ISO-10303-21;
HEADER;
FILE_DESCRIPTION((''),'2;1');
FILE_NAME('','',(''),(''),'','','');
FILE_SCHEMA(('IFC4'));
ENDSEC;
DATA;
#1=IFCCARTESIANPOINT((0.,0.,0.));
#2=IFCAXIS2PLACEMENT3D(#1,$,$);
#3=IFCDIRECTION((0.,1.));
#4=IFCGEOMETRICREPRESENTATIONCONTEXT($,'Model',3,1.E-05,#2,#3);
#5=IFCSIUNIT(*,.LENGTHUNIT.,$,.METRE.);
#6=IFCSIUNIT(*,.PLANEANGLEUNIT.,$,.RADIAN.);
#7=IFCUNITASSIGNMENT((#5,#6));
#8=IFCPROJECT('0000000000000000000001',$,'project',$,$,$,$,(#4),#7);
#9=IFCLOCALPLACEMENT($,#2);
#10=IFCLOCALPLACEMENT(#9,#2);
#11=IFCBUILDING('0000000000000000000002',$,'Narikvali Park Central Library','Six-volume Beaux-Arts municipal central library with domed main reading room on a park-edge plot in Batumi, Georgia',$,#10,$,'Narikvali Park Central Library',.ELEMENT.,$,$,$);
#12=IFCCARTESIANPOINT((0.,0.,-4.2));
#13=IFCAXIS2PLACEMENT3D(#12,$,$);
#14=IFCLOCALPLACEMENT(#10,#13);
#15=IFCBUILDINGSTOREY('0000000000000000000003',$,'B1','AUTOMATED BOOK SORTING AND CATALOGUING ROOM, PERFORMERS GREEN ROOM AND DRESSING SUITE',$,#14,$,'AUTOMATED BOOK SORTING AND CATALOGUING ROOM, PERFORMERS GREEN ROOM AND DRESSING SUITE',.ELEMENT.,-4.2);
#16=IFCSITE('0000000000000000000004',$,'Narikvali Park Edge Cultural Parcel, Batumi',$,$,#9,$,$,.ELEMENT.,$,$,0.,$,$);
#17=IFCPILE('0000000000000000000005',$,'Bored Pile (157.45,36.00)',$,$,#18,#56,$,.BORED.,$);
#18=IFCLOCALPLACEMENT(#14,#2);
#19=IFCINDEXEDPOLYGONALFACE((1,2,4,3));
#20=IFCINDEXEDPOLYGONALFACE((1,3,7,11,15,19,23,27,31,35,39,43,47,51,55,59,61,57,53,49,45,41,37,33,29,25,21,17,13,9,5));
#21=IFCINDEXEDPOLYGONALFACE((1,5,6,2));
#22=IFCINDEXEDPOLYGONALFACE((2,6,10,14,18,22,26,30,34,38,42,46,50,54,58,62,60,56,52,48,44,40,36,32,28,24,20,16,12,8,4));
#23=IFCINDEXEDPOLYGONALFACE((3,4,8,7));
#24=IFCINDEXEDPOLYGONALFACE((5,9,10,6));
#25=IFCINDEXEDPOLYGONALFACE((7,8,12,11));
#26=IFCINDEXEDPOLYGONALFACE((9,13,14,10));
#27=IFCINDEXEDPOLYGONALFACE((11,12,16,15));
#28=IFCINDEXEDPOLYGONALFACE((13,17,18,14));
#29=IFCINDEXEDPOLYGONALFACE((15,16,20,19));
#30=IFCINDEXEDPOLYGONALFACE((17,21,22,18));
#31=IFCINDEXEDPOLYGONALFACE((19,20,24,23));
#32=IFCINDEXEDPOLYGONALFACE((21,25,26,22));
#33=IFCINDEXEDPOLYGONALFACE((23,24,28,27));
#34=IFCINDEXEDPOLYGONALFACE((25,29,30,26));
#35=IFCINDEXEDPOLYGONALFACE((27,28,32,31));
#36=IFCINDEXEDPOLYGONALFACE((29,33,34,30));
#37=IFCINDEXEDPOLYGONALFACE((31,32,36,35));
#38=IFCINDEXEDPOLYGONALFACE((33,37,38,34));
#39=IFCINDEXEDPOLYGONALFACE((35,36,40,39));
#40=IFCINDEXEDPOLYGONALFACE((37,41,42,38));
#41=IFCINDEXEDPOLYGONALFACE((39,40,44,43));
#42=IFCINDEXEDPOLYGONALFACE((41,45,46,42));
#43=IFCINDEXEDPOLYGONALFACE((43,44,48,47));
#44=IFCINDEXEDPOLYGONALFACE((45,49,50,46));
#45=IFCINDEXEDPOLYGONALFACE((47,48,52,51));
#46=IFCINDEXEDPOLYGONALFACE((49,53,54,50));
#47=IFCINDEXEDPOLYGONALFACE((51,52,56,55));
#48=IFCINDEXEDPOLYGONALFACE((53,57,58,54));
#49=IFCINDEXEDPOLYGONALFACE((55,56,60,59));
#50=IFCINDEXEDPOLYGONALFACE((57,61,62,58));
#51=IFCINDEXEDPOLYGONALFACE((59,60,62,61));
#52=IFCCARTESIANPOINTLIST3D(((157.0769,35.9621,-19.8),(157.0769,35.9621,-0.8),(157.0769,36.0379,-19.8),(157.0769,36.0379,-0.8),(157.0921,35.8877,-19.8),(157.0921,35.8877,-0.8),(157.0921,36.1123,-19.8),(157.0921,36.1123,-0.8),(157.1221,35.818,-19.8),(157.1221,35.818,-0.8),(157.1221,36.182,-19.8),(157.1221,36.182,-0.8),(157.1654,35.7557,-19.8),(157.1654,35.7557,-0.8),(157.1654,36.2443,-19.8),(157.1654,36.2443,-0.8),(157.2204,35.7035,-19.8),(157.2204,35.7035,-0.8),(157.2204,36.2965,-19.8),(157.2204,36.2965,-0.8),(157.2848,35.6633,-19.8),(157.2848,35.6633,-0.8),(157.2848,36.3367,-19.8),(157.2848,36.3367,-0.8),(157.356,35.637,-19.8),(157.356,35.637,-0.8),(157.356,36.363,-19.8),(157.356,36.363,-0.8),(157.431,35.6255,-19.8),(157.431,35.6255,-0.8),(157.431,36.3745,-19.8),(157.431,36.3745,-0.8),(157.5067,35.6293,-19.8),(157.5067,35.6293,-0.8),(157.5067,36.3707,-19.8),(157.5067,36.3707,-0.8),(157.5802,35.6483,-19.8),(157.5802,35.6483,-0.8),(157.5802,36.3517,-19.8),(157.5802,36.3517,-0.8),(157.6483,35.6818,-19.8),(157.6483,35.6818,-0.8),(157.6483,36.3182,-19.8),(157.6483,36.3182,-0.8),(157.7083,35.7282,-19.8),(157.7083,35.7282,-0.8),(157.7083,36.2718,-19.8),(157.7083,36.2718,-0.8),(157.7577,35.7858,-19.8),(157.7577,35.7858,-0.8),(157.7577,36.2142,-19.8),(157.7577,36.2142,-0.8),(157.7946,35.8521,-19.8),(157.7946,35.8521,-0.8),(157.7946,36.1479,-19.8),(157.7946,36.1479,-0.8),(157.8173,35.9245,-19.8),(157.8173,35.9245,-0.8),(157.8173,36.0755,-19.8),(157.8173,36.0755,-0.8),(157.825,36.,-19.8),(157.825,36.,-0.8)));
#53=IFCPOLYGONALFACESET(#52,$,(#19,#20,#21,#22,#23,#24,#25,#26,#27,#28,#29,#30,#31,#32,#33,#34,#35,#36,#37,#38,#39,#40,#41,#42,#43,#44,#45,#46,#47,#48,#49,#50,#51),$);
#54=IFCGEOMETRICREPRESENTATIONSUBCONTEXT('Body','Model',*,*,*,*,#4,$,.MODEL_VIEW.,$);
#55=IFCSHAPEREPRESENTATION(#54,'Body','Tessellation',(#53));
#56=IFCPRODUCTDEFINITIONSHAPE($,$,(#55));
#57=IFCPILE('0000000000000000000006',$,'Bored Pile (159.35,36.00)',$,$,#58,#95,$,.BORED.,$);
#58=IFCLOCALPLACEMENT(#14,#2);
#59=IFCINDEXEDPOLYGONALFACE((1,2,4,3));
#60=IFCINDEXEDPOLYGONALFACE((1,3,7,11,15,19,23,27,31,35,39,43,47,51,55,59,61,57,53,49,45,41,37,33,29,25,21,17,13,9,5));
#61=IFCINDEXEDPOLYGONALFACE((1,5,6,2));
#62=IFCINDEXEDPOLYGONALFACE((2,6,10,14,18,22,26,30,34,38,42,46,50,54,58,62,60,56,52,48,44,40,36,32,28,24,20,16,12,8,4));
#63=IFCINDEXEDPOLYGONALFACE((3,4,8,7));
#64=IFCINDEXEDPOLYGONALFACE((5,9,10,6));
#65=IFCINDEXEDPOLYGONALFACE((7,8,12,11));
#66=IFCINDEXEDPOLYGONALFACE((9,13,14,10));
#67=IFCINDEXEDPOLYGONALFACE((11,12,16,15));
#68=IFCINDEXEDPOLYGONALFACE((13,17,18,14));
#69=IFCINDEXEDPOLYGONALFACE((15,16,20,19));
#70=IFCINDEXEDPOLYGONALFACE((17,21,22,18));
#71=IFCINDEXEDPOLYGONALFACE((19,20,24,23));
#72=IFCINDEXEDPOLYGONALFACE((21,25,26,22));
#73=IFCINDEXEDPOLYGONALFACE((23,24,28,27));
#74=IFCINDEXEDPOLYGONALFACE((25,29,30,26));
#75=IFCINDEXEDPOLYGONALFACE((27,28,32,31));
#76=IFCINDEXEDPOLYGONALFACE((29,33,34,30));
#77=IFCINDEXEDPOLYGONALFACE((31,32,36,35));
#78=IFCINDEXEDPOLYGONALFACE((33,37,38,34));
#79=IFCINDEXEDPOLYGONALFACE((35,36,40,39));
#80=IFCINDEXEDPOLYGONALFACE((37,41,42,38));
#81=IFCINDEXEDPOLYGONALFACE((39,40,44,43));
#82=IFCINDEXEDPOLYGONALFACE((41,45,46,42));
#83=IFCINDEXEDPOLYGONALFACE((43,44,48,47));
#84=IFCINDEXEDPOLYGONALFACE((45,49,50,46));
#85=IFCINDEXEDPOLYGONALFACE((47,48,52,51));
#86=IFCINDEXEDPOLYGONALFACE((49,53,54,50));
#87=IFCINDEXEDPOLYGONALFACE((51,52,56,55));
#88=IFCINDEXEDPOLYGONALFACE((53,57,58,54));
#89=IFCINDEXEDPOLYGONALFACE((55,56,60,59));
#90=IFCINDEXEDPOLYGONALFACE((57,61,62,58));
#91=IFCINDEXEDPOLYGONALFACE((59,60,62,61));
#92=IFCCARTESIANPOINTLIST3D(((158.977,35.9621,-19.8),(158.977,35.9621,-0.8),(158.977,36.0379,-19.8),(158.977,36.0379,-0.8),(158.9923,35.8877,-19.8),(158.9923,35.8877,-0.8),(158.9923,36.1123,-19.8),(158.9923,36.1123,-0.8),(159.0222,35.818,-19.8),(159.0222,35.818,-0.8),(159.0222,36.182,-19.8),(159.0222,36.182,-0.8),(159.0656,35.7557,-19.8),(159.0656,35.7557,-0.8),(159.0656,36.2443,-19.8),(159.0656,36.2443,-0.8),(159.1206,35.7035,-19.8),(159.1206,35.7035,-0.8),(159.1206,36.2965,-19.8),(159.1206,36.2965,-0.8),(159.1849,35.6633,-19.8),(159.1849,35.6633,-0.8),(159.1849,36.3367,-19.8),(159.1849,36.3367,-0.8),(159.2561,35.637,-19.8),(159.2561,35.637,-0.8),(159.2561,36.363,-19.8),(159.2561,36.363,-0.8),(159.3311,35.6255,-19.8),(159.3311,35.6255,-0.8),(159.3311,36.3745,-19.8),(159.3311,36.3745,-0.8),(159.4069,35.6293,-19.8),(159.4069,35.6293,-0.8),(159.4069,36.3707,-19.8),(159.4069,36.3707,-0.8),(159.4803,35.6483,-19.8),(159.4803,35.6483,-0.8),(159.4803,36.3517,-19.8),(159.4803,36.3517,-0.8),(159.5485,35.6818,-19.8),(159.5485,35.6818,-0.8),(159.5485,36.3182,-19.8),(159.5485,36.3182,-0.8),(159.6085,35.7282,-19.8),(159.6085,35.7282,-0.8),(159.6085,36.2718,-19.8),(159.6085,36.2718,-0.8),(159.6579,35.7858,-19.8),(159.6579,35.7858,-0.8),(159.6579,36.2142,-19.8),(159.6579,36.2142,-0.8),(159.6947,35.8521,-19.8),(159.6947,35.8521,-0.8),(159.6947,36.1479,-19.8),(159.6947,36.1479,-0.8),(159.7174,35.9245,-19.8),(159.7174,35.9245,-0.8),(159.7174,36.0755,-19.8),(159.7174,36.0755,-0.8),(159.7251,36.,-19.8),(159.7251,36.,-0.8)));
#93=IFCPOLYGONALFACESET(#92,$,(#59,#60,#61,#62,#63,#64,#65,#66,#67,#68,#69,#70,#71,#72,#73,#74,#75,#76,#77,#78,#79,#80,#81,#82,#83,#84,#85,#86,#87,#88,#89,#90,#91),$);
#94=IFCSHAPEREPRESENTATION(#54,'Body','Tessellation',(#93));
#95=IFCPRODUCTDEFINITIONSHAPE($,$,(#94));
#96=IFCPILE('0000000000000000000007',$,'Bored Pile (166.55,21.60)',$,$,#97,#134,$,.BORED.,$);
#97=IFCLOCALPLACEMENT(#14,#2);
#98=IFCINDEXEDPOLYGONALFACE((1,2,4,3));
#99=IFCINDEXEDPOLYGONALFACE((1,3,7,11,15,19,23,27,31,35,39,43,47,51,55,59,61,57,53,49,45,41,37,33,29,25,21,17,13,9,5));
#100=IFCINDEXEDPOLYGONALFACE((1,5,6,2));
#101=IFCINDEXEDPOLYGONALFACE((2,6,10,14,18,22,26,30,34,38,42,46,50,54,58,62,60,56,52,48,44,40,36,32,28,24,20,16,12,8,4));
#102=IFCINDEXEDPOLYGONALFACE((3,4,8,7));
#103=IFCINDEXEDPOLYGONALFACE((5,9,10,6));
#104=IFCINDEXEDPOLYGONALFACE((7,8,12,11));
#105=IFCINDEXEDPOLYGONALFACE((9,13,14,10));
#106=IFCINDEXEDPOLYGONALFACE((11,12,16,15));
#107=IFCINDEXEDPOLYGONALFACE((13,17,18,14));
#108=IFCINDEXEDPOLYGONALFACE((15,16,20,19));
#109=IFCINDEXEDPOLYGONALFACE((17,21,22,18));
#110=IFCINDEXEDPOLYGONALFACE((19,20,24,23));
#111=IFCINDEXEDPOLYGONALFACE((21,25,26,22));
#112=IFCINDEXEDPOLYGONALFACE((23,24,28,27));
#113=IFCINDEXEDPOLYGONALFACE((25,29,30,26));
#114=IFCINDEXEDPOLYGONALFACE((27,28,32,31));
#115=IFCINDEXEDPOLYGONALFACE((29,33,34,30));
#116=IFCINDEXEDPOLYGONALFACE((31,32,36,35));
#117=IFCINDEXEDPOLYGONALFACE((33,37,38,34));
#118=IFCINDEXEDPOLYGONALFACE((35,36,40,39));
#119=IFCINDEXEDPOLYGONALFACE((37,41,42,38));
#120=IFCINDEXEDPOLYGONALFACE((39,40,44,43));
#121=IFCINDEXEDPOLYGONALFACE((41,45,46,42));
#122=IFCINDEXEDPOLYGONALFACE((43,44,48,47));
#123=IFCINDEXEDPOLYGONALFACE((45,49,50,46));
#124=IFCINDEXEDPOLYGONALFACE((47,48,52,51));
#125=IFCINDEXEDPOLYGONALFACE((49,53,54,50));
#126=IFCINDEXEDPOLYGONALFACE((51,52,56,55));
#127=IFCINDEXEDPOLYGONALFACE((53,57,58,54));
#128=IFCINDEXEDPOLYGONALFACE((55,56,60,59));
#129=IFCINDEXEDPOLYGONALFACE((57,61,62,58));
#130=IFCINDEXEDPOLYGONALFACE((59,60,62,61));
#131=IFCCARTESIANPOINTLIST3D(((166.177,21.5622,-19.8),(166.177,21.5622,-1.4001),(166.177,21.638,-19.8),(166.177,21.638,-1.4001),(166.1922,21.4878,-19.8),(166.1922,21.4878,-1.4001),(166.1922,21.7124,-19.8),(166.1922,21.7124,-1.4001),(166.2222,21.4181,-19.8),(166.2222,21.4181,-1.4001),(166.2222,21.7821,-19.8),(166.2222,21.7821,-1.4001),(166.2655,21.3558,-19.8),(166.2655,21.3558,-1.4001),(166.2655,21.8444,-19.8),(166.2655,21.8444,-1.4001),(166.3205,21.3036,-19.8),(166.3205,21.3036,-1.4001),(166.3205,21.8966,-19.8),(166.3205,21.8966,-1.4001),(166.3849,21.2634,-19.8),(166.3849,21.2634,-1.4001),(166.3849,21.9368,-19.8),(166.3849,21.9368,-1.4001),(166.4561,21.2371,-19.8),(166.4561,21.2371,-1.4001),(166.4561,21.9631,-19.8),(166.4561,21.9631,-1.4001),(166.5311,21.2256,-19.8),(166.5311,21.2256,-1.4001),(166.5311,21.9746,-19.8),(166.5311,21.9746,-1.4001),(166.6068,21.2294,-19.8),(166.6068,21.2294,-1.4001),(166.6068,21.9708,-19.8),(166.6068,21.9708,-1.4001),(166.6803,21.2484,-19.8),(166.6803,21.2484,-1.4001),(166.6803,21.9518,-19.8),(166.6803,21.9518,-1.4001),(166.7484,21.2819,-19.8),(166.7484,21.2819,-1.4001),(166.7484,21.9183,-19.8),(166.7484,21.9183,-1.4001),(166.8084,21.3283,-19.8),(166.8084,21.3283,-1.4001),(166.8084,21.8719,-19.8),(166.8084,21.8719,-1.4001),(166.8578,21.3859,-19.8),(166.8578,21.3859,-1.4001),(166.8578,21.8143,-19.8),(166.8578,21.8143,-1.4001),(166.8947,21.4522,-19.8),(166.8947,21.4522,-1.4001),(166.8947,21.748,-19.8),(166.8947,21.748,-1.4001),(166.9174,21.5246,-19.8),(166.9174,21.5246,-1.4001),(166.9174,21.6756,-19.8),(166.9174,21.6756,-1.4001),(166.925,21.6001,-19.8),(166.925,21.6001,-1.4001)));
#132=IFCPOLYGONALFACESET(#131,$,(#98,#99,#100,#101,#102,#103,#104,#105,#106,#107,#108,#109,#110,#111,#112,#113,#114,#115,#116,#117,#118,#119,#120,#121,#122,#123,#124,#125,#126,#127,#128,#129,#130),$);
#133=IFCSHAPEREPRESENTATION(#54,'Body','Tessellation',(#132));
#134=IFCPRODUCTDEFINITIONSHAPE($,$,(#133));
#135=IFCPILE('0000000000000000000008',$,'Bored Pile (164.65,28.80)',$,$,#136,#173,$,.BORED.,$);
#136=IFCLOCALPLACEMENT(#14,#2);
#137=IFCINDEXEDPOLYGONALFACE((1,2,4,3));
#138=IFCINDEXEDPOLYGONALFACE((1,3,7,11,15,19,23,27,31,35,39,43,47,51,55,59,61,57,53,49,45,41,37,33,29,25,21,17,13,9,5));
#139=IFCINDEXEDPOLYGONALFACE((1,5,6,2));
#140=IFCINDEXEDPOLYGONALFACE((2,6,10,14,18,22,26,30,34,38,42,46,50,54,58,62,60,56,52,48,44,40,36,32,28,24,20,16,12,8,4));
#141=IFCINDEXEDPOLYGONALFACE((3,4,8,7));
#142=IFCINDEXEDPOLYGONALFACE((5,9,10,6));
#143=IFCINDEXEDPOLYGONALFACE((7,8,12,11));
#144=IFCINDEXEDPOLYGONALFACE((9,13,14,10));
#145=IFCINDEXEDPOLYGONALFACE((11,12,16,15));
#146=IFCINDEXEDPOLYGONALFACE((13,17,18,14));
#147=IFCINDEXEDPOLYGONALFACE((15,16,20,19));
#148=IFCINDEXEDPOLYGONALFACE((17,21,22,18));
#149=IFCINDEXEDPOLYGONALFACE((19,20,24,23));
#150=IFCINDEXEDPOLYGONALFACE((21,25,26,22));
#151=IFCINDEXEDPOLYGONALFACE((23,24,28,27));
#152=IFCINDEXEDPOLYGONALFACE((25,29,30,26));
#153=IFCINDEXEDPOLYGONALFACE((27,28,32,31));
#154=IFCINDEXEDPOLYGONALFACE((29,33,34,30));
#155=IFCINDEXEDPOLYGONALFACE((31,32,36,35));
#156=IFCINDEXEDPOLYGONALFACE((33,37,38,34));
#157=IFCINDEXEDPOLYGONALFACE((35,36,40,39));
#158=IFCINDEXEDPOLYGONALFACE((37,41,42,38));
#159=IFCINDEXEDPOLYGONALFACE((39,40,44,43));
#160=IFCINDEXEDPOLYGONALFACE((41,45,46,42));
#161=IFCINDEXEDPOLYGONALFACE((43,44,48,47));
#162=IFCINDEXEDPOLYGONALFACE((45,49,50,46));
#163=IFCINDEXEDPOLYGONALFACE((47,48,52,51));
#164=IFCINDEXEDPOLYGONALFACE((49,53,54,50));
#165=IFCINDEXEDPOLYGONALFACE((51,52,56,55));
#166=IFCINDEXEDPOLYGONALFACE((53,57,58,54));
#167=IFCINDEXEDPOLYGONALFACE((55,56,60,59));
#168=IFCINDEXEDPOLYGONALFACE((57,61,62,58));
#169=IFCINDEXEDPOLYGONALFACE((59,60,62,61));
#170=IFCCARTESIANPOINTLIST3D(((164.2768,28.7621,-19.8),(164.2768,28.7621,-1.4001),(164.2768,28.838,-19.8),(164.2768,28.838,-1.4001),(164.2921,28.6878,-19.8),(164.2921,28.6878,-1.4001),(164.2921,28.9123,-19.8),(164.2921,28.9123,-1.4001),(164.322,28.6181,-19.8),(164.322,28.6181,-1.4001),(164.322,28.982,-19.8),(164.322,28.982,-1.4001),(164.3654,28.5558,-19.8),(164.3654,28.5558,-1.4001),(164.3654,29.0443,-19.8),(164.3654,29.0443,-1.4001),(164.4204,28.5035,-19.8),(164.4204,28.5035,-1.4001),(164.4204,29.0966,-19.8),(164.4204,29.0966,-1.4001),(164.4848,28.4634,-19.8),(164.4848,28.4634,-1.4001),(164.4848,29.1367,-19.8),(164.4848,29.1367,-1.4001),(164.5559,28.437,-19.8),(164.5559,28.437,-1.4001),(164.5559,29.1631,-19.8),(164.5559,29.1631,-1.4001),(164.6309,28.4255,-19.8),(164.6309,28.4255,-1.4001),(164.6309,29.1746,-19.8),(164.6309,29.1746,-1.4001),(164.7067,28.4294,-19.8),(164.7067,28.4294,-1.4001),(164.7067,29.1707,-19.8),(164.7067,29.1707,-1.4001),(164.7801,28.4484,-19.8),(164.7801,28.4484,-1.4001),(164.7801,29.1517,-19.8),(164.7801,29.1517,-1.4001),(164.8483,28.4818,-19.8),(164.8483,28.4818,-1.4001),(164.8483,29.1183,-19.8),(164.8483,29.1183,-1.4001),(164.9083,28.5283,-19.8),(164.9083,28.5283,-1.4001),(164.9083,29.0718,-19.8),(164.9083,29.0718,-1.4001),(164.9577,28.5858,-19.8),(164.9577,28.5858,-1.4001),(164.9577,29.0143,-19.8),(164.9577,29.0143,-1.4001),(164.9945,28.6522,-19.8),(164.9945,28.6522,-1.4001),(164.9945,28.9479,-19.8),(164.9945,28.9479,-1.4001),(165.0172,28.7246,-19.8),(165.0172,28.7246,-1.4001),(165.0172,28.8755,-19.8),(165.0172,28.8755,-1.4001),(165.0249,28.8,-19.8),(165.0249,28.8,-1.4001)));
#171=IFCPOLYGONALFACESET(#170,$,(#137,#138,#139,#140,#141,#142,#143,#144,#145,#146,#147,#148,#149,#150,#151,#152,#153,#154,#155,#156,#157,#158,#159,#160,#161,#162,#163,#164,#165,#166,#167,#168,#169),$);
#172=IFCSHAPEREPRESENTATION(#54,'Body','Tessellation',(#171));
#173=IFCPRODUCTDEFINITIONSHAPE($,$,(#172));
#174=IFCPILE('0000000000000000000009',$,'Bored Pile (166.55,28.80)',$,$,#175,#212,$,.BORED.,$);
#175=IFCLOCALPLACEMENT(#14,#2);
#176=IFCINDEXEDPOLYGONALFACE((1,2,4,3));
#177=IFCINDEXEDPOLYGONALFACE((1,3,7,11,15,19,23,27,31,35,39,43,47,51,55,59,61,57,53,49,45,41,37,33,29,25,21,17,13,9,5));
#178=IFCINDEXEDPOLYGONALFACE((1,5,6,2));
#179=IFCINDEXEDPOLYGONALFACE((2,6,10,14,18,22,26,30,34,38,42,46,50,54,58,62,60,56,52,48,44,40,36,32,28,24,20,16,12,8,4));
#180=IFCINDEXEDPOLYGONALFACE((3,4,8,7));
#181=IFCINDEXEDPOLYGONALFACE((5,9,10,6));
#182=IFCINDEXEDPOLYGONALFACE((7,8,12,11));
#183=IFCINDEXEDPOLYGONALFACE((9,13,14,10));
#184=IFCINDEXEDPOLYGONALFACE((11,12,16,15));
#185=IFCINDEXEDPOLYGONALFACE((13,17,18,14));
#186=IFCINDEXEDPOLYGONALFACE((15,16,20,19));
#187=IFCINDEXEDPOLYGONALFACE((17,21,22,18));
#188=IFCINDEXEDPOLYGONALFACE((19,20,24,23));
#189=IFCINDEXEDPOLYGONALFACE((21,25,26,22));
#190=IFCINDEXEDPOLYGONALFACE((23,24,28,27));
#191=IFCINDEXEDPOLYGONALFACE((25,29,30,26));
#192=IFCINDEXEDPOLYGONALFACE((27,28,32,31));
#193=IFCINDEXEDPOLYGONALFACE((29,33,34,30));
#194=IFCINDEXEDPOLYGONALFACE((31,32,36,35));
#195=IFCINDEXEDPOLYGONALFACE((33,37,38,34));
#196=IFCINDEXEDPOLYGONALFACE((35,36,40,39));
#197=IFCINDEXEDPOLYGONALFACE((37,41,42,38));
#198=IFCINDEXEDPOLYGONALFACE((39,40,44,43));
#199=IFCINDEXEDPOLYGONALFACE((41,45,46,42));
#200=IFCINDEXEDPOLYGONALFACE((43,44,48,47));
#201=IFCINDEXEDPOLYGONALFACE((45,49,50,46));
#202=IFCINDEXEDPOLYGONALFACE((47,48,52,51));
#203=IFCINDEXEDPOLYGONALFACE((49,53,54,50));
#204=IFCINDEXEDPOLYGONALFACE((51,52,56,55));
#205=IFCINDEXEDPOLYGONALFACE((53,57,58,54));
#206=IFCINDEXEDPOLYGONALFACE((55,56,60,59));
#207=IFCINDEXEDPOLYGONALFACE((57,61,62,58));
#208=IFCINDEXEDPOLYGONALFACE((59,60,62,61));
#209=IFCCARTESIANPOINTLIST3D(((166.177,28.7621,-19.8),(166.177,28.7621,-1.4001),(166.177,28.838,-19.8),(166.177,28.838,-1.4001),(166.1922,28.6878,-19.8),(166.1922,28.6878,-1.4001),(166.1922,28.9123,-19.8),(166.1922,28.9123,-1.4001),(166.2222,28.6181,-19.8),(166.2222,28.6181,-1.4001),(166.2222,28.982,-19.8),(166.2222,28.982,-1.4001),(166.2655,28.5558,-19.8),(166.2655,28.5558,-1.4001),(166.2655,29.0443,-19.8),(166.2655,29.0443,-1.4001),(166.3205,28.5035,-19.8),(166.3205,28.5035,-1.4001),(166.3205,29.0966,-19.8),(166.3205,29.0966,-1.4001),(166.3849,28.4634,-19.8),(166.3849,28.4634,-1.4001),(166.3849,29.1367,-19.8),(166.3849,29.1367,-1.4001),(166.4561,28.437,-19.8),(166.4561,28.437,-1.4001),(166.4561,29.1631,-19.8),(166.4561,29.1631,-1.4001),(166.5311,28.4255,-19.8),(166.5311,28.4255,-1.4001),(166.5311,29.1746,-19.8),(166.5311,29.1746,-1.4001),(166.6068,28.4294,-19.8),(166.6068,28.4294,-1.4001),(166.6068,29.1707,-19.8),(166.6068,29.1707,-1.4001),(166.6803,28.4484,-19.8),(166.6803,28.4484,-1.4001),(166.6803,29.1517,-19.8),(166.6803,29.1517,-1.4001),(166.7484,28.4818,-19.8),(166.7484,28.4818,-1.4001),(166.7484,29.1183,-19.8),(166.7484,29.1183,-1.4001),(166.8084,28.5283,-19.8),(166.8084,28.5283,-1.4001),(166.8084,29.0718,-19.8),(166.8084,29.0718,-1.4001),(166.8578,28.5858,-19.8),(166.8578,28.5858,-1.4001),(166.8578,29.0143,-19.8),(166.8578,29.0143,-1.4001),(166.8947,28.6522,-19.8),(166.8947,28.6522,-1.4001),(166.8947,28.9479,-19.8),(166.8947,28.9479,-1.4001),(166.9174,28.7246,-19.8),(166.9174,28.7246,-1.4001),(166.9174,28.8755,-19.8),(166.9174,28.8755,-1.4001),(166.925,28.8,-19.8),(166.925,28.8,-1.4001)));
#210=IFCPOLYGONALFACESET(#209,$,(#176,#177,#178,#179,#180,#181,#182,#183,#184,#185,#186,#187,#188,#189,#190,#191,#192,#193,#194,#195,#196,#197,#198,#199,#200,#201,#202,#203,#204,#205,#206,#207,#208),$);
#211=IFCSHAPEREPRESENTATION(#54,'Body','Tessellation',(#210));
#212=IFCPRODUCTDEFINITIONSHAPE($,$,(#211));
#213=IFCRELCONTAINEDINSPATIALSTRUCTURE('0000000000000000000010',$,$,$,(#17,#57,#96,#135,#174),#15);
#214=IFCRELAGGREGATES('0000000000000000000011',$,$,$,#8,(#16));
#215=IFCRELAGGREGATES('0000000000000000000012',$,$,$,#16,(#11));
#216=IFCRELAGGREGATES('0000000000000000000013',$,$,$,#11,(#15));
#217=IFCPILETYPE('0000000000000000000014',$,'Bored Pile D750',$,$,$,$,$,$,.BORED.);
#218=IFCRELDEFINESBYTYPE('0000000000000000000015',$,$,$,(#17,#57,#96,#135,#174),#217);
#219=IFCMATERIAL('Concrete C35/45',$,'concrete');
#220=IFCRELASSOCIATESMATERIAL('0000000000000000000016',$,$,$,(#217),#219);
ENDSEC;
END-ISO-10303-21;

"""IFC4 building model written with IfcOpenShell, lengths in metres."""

from ifc_helpers import new_model, si_unit, direction, frame, origin, origin_2d, place, context, subcontext, project, spatial, circle, extrude, material, material_profile, profile_set, type_object, element, save


model = new_model("IFC4")

# Units and contexts
model_context = context("Model", 3, precision=1e-05, world=origin(), true_north=direction((0.0, 1.0)))
body_context = subcontext(model_context, "Body", "Model", "MODEL_VIEW")
ifc_project = project(units=[si_unit("LENGTHUNIT", "METRE"), si_unit("PLANEANGLEUNIT", "RADIAN")], contexts=[model_context])

# Site, building, storey
site_placement = place(None, origin())
site = spatial("IfcSite", under=ifc_project, at=site_placement, Name="Narikvali Park Edge Cultural Parcel, Batumi", CompositionType="ELEMENT", RefElevation=0.0)
building_placement = place(site_placement, origin())
building = spatial("IfcBuilding", under=site, at=building_placement, Name="Narikvali Park Central Library", Description="Six-volume Beaux-Arts municipal central library with domed main reading room on a park-edge plot in Batumi, Georgia", LongName="Narikvali Park Central Library", CompositionType="ELEMENT")
storey_placement = place(building_placement, frame((0.0, 0.0, -4.2)))
storey = spatial("IfcBuildingStorey", under=building, at=storey_placement, Name="B1", Description="AUTOMATED BOOK SORTING AND CATALOGUING ROOM, PERFORMERS GREEN ROOM AND DRESSING SUITE", LongName="AUTOMATED BOOK SORTING AND CATALOGUING ROOM, PERFORMERS GREEN ROOM AND DRESSING SUITE", CompositionType="ELEMENT", Elevation=-4.2)

# Piles
ifc_material_1 = material(Name="Concrete C35/45", Category="concrete")
ifc_material_profile_1 = material_profile(ifc_material_1, circle(Radius=0.375, at=origin_2d()), Name="PILE D750")
ifc_profile_set_1 = profile_set([ifc_material_profile_1], Name="Concrete C35/45")
pile_type = type_object("IfcPileType", Name="Bored Pile D750", PredefinedType="BORED", material=ifc_profile_set_1)
for number, where, z_axis, x_axis, name in (
    (1, (157.45, 36.0, -0.8), (0.0, 0.0, -1.0), (1.0, 0.0, 0.0), "Bored Pile (157.45,36.00)"),
    (2, (159.3501, 36.0, -0.8), (0.0, 0.0, -1.0), (1.0, 0.0, 0.0), "Bored Pile (159.35,36.00)"),
):
    element("IfcPile", number, at=place(storey_placement, frame(where, z_axis=z_axis, x_axis=x_axis)), inside=storey, type_object=pile_type, Name=name, PredefinedType="BORED", context=body_context, shape_type="SweptSolid", body=[
        extrude(circle(Radius=0.375, at=origin_2d()), origin(), (0.0, 0.0, 1.0), 19.0),
    ])
for number, where, z_axis, x_axis, name in (
    (3, (166.55, 21.6001, -1.4001), (0.0, 0.0, -1.0), (1.0, 0.0, 0.0), "Bored Pile (166.55,21.60)"),
    (4, (164.6499, 28.8, -1.4001), (0.0, 0.0, -1.0), (1.0, 0.0, 0.0), "Bored Pile (164.65,28.80)"),
    (5, (166.55, 28.8, -1.4001), (0.0, 0.0, -1.0), (1.0, 0.0, 0.0), "Bored Pile (166.55,28.80)"),
):
    element("IfcPile", number, at=place(storey_placement, frame(where, z_axis=z_axis, x_axis=x_axis)), inside=storey, type_object=pile_type, Name=name, PredefinedType="BORED", context=body_context, shape_type="SweptSolid", body=[
        extrude(circle(Radius=0.375, at=origin_2d()), origin(), (0.0, 0.0, 1.0), 18.3999),
    ])

save(model, "model.ifc")
